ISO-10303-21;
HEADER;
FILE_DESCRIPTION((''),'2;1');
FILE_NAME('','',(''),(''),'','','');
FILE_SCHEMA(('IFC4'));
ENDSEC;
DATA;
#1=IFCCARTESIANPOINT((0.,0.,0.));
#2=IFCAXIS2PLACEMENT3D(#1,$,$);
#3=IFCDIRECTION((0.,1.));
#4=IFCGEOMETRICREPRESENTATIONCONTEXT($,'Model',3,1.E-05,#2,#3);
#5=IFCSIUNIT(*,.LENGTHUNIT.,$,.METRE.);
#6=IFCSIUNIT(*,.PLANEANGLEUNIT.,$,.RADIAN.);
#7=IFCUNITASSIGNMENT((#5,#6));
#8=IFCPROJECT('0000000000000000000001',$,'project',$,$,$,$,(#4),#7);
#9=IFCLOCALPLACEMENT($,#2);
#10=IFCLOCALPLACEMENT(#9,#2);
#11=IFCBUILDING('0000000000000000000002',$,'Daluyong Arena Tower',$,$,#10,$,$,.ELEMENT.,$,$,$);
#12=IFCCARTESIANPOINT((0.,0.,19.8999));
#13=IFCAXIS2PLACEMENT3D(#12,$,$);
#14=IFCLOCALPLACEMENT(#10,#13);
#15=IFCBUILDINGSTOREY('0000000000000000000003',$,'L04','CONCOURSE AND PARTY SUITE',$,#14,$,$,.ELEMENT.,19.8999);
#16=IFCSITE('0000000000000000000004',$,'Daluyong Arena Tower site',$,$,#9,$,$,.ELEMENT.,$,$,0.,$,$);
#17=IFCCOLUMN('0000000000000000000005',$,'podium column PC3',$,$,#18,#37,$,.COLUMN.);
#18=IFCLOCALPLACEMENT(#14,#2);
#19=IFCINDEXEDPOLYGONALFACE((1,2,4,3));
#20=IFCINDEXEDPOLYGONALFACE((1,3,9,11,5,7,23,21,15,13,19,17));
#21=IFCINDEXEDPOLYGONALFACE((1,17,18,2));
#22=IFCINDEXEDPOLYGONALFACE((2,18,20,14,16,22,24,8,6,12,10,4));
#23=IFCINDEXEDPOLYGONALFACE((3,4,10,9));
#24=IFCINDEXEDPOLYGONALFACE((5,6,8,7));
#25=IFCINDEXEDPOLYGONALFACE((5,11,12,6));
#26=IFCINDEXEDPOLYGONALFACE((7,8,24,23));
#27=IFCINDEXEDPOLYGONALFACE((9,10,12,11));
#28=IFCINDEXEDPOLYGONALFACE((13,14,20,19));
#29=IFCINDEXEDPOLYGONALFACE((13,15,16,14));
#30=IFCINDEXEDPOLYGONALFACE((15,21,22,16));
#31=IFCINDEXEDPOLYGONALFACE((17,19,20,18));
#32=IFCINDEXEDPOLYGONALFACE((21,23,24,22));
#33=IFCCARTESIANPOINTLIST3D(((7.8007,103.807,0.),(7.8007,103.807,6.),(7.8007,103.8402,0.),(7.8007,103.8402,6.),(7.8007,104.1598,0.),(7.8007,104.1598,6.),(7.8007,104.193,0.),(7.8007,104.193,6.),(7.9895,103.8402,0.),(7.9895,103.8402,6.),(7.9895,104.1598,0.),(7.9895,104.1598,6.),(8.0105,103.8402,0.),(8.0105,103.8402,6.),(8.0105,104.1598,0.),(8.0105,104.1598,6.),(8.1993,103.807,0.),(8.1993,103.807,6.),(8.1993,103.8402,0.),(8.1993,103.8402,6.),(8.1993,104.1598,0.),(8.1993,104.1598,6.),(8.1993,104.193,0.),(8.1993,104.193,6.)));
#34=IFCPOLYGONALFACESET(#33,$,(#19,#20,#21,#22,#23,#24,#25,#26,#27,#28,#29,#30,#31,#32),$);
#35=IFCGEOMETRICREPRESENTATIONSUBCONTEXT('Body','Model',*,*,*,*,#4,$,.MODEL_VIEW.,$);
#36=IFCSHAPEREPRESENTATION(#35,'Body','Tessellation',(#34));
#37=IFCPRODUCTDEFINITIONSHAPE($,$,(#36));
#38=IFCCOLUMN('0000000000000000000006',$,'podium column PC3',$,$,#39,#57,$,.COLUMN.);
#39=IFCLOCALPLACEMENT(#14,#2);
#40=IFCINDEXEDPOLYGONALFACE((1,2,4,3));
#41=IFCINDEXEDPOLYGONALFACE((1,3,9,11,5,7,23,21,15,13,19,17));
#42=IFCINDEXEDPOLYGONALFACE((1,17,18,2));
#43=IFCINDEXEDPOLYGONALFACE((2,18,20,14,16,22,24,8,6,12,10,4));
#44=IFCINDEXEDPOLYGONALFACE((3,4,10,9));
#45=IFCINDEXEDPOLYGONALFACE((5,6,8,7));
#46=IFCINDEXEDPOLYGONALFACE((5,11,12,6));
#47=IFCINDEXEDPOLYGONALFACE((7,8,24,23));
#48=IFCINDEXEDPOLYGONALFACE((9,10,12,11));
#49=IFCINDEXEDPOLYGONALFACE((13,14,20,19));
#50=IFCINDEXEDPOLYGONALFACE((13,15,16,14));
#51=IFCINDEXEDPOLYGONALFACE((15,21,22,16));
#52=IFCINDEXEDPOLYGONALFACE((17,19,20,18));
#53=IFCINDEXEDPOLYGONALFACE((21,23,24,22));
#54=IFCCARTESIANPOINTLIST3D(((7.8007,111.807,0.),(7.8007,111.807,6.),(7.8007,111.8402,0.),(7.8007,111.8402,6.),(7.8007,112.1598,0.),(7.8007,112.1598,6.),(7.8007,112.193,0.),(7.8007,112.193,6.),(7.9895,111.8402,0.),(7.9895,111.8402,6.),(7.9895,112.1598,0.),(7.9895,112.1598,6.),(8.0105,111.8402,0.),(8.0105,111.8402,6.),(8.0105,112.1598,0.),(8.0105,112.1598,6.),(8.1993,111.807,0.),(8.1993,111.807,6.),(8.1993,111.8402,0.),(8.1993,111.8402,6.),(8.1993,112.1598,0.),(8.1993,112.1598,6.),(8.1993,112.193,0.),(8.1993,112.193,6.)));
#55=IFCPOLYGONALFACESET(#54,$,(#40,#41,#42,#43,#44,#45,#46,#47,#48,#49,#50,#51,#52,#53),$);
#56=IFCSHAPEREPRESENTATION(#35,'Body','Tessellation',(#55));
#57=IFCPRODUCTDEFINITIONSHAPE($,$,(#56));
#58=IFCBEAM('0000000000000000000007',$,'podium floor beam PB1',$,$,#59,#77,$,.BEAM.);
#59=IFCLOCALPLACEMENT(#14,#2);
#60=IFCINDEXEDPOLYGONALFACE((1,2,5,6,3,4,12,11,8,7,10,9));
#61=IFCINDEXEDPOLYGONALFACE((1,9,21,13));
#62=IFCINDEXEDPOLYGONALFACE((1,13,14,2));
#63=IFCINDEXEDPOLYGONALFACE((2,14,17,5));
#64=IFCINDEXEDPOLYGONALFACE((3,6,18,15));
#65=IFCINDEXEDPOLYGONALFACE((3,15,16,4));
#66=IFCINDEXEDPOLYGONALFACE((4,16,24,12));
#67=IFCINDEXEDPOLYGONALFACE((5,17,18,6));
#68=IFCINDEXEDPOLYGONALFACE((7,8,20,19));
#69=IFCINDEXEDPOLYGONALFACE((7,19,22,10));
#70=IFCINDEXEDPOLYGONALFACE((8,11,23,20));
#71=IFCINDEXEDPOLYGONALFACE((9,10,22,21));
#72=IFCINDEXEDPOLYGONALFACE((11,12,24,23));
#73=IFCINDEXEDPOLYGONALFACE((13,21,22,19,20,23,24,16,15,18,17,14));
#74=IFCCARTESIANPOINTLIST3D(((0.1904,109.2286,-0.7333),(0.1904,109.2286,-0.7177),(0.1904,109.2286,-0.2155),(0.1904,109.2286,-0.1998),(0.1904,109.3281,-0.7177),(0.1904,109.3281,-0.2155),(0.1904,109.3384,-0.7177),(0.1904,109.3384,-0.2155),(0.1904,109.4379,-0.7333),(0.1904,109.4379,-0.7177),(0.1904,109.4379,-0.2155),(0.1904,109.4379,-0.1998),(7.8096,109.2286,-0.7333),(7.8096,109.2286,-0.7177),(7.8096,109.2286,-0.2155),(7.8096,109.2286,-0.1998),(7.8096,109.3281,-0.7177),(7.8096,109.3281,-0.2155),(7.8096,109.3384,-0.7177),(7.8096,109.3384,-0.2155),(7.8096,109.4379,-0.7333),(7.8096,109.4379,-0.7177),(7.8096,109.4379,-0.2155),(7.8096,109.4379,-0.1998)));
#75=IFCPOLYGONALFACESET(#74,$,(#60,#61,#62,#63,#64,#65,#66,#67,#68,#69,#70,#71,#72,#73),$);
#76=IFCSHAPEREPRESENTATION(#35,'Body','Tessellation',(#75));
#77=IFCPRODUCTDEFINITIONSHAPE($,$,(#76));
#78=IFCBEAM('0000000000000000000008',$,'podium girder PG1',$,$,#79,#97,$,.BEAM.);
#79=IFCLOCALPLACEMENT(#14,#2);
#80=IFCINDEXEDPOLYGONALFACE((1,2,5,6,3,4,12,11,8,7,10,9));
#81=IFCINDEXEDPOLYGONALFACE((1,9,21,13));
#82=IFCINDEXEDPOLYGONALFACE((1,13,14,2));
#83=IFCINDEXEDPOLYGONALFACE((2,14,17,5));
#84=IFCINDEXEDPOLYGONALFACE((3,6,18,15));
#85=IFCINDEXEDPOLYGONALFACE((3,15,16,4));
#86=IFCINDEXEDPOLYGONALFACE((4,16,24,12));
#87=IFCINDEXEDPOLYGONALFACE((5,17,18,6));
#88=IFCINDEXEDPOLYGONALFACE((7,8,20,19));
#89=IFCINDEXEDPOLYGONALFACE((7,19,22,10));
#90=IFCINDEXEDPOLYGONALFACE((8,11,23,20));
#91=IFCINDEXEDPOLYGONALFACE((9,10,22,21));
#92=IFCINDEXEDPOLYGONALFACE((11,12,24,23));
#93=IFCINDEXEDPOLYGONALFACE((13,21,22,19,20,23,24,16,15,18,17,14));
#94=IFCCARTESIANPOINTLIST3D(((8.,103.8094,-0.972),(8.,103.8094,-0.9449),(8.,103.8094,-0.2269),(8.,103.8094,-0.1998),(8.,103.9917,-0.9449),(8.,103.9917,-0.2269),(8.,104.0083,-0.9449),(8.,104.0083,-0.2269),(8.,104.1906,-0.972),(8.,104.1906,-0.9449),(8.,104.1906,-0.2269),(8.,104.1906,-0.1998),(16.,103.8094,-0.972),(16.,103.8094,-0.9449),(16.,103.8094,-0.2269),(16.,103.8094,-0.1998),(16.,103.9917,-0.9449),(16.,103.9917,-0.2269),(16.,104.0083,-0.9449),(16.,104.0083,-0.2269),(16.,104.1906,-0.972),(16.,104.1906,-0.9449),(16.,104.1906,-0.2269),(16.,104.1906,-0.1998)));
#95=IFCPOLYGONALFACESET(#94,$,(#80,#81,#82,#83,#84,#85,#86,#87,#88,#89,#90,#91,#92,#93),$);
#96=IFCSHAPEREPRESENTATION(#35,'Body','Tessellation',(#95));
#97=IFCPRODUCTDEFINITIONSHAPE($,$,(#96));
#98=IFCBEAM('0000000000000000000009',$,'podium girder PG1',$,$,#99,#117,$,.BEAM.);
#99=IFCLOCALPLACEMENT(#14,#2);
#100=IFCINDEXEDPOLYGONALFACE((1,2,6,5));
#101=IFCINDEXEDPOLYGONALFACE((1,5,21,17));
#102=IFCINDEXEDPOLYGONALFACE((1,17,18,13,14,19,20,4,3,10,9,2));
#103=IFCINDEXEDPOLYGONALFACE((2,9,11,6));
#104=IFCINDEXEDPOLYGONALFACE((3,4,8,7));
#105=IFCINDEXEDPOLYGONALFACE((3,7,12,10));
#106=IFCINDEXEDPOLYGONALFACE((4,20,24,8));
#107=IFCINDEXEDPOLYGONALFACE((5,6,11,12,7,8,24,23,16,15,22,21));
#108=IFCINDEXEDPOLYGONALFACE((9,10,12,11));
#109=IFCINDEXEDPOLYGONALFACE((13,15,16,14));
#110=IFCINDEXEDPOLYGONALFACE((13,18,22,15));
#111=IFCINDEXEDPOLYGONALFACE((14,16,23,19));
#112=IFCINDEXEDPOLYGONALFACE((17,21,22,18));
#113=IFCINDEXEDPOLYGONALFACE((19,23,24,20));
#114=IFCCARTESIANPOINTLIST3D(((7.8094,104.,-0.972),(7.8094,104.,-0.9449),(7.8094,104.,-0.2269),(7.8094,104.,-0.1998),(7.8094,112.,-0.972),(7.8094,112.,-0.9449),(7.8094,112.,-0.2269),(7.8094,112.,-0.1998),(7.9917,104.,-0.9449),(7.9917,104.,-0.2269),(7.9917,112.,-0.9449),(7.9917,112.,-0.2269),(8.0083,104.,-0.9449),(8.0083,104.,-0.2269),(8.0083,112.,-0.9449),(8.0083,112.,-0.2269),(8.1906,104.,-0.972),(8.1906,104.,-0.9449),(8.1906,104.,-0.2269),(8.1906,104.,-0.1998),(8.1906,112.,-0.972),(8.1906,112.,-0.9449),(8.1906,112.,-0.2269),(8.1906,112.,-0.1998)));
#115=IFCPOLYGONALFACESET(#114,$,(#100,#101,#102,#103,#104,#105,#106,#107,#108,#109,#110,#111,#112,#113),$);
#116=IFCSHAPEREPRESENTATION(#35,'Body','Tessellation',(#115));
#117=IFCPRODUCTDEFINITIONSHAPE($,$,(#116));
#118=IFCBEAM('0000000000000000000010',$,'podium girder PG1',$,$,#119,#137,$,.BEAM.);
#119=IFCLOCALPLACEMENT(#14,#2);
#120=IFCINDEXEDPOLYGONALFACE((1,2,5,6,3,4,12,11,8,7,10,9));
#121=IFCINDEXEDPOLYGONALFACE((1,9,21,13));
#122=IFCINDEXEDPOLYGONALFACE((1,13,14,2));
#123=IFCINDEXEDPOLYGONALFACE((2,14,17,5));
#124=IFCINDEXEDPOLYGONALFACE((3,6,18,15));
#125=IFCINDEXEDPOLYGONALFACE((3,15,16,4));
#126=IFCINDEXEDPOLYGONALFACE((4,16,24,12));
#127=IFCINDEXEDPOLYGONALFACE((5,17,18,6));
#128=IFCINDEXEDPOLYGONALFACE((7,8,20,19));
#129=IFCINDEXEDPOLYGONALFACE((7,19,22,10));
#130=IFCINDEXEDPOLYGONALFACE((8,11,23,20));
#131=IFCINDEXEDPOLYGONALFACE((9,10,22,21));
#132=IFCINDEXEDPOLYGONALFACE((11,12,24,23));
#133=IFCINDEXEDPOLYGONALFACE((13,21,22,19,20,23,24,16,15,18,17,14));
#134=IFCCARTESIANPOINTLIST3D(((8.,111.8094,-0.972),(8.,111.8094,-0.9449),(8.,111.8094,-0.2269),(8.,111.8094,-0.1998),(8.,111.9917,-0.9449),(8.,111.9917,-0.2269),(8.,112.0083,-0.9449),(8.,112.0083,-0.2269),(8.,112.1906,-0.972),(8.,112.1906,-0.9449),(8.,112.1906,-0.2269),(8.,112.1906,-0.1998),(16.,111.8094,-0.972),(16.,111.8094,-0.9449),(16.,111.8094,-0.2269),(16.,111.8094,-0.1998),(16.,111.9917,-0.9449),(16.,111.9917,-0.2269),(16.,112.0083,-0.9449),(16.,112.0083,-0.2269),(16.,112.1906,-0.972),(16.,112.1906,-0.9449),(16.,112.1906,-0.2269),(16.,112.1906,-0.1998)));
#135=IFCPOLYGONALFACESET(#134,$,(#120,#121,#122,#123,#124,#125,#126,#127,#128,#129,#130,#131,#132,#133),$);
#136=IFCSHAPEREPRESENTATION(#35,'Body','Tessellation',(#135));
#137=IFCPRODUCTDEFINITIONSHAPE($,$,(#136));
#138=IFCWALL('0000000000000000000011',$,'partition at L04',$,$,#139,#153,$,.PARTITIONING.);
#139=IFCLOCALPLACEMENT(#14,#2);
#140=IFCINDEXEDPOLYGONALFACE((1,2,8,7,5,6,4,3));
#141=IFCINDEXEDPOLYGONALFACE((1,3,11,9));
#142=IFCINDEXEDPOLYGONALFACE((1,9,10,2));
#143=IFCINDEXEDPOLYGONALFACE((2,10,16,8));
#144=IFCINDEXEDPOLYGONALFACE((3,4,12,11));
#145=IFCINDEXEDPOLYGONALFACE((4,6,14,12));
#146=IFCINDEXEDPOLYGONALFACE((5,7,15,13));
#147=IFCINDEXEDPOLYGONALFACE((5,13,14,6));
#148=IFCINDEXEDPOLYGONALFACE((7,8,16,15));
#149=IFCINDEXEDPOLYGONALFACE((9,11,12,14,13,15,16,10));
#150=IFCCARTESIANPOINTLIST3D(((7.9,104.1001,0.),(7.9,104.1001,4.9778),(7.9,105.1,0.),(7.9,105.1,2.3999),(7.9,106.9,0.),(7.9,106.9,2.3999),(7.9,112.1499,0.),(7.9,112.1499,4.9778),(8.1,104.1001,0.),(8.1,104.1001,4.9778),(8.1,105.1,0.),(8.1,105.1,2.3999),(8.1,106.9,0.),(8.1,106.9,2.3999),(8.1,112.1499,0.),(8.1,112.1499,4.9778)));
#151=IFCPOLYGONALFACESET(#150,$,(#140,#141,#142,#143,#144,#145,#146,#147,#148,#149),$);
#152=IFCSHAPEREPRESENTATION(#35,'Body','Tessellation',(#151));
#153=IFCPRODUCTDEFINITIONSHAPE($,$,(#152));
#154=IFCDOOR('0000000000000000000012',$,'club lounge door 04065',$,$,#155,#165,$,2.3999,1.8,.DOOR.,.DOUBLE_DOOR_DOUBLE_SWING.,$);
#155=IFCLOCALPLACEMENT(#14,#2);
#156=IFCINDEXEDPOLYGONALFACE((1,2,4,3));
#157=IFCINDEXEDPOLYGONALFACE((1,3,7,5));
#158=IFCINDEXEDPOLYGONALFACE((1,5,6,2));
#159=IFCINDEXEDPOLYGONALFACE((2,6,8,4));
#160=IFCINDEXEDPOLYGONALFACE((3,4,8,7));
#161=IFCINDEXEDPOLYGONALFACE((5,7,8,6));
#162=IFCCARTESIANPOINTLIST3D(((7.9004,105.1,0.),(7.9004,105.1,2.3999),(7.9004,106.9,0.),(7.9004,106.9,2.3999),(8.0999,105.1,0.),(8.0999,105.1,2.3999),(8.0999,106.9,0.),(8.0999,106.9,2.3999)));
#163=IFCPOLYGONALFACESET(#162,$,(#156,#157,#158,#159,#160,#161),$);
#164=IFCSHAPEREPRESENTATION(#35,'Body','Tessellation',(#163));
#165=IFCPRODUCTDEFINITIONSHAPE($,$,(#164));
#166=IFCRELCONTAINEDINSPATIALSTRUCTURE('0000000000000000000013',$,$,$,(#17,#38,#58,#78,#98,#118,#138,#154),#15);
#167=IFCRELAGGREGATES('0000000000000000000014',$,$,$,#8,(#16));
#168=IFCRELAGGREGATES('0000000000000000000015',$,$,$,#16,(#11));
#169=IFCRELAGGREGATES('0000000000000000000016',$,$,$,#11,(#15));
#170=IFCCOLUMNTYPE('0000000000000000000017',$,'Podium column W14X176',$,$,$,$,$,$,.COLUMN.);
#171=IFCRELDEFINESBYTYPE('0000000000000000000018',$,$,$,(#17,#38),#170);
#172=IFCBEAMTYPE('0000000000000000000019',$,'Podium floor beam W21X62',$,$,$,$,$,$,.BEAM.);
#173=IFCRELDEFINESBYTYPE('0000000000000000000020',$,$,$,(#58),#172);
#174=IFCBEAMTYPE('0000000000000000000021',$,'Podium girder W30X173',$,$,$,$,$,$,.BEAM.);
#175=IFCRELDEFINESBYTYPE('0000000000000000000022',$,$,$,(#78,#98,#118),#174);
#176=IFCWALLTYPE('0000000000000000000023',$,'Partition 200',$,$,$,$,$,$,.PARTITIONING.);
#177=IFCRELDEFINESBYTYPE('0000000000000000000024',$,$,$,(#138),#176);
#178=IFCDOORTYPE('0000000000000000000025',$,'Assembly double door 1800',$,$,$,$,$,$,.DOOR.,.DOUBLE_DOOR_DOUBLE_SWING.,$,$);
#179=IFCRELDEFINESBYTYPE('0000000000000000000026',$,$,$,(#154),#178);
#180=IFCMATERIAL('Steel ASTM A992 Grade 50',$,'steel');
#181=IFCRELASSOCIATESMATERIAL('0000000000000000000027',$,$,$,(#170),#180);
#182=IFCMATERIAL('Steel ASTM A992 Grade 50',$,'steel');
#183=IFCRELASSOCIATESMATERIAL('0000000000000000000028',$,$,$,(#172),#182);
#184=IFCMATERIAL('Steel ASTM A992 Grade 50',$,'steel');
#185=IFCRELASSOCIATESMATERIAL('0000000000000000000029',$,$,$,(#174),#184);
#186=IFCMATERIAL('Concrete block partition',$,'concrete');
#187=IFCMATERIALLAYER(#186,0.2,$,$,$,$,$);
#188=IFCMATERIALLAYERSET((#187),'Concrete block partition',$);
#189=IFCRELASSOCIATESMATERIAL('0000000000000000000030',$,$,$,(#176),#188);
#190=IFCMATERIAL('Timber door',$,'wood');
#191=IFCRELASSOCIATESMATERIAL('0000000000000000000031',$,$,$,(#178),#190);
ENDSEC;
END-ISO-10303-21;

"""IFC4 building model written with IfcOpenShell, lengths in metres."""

from ifc_helpers import new_model, si_unit, direction, frame, frame_2d, origin, origin_2d, place, context, subcontext, project, spatial, rectangle, i_section, extrude, material, layer, layer_set, material_profile, profile_set, type_object, element, fill, save


model = new_model("IFC4")

# Units and contexts
model_context = context("Model", 3, precision=1e-05, world=origin(), true_north=direction((0.0, 1.0)))
body_context = subcontext(model_context, "Body", "Model", "MODEL_VIEW")
ifc_project = project(units=[si_unit("LENGTHUNIT", "METRE"), si_unit("PLANEANGLEUNIT", "RADIAN")], contexts=[model_context])

# Site, building, storey
site_placement = place(None, origin())
site = spatial("IfcSite", under=ifc_project, at=site_placement, Name="Daluyong Arena Tower site", CompositionType="ELEMENT", RefElevation=0.0)
building_placement = place(site_placement, origin())
building = spatial("IfcBuilding", under=site, at=building_placement, Name="Daluyong Arena Tower", CompositionType="ELEMENT")
storey_placement = place(building_placement, frame((0.0, 0.0, 19.8999)))
storey = spatial("IfcBuildingStorey", under=building, at=storey_placement, Name="L04", Description="CONCOURSE AND PARTY SUITE", CompositionType="ELEMENT", Elevation=19.8999)

# Columns
ifc_material_1 = material(Name="Steel ASTM A992 Grade 50", Category="steel")
ifc_material_profile_1 = material_profile(ifc_material_1, i_section(OverallWidth=0.3987, OverallDepth=0.386, WebThickness=0.021, FlangeThickness=0.0332, at=origin_2d()))
ifc_profile_set_1 = profile_set([ifc_material_profile_1], Name="Steel ASTM A992 Grade 50")
column_type = type_object("IfcColumnType", Name="Podium column W14X176", PredefinedType="COLUMN", material=ifc_profile_set_1)
for number, where, z_axis, x_axis, name in (
    (1, (8.0, 104.0, 0.0), (0.0, 0.0, 1.0), (1.0, 0.0, 0.0), "podium column PC3"),
    (2, (8.0, 112.0, 0.0), (0.0, 0.0, 1.0), (1.0, 0.0, 0.0), "podium column PC3"),
):
    element("IfcColumn", number, at=place(storey_placement, frame(where, z_axis=z_axis, x_axis=x_axis)), inside=storey, type_object=column_type, Name=name, PredefinedType="COLUMN", context=body_context, shape_type="SweptSolid", body=[
        extrude(i_section(OverallWidth=0.3987, OverallDepth=0.386, WebThickness=0.021, FlangeThickness=0.0332, at=origin_2d()), origin(), (0.0, 0.0, 1.0), 6.0),
    ])

# Beams
ifc_material_2 = material(Name="Steel ASTM A992 Grade 50", Category="steel")
ifc_material_profile_2 = material_profile(ifc_material_2, i_section(OverallWidth=0.2092, OverallDepth=0.5334, WebThickness=0.0103, FlangeThickness=0.0156, at=origin_2d()))
ifc_profile_set_2 = profile_set([ifc_material_profile_2], Name="Steel ASTM A992 Grade 50")
beam_type_1 = type_object("IfcBeamType", Name="Podium floor beam W21X62", PredefinedType="BEAM", material=ifc_profile_set_2)
beam_placement = place(storey_placement, frame((0.1904, 109.3333, -0.4666), z_axis=(1.0, 0.0, 0.0), x_axis=(0.0, 1.0, 0.0)))
element("IfcBeam", 3, at=beam_placement, inside=storey, type_object=beam_type_1, Name="podium floor beam PB1", PredefinedType="BEAM", context=body_context, shape_type="SweptSolid", body=[
    extrude(i_section(OverallWidth=0.2092, OverallDepth=0.5334, WebThickness=0.0103, FlangeThickness=0.0156, at=origin_2d()), origin(), (0.0, 0.0, 1.0), 7.6191),
])
ifc_material_3 = material(Name="Steel ASTM A992 Grade 50", Category="steel")
ifc_material_profile_3 = material_profile(ifc_material_3, i_section(OverallWidth=0.3811, OverallDepth=0.7722, WebThickness=0.0166, FlangeThickness=0.0271, at=origin_2d()))
ifc_profile_set_3 = profile_set([ifc_material_profile_3], Name="Steel ASTM A992 Grade 50")
beam_type_2 = type_object("IfcBeamType", Name="Podium girder W30X173", PredefinedType="BEAM", material=ifc_profile_set_3)
for number, where, z_axis, x_axis, name in (
    (4, (8.0, 104.0, -0.5859), (1.0, 0.0, 0.0), (0.0, 1.0, 0.0), "podium girder PG1"),
    (5, (8.0, 104.0, -0.5859), (0.0, 1.0, 0.0), (-1.0, 0.0, 0.0), "podium girder PG1"),
    (6, (8.0, 112.0, -0.5859), (1.0, 0.0, 0.0), (0.0, 1.0, 0.0), "podium girder PG1"),
):
    element("IfcBeam", number, at=place(storey_placement, frame(where, z_axis=z_axis, x_axis=x_axis)), inside=storey, type_object=beam_type_2, Name=name, PredefinedType="BEAM", context=body_context, shape_type="SweptSolid", body=[
        extrude(i_section(OverallWidth=0.3811, OverallDepth=0.7722, WebThickness=0.0166, FlangeThickness=0.0271, at=origin_2d()), origin(), (0.0, 0.0, 1.0), 8.0),
    ])

# Wall, opening, door
ifc_material_4 = material(Name="Concrete block partition", Category="concrete")
ifc_layer = layer(ifc_material_4, 0.2)
ifc_layer_set = layer_set([ifc_layer], Name="Concrete block partition")
wall_type = type_object("IfcWallType", Name="Partition 200", PredefinedType="PARTITIONING", material=ifc_layer_set)
wall_placement = place(storey_placement, frame((8.0, 104.1001, 0.0), z_axis=(0.0, 0.0, 1.0), x_axis=(0.0, 1.0, 0.0)))
wall = element("IfcWall", 7, at=wall_placement, inside=storey, type_object=wall_type, Name="partition at L04", PredefinedType="PARTITIONING", context=body_context, shape_type="SweptSolid", body=[
    extrude(rectangle(XDim=8.0498, YDim=0.2, at=frame_2d((4.0249, 0.0))), origin(), (0.0, 0.0, 1.0), 4.9778),
])
opening_placement = place(wall_placement, frame((1.0, 0.0, 0.0)))
opening = element("IfcOpeningElement", 8, at=opening_placement, cuts=wall, PredefinedType="OPENING", context=body_context, shape_type="SweptSolid", body=[
    extrude(rectangle(XDim=1.8, YDim=2.3999, at=frame_2d((0.8999, 1.2))), frame((0.0, 0.1099, 0.0), z_axis=(0.0, -1.0, 0.0), x_axis=(1.0, 0.0, 0.0)), (0.0, 0.0, 1.0), 0.22),
])
ifc_material_5 = material(Name="Timber door", Category="wood")
door_type = type_object("IfcDoorType", Name="Assembly double door 1800", OperationType="DOUBLE_DOOR_DOUBLE_SWING", PredefinedType="DOOR", material=ifc_material_5)
door_placement = place(opening_placement, origin())
door = element("IfcDoor", 9, at=door_placement, inside=storey, type_object=door_type, Name="club lounge door 04065", OperationType="DOUBLE_DOOR_DOUBLE_SWING", OverallHeight=2.3999, OverallWidth=1.8, PredefinedType="DOOR", context=body_context, shape_type="SweptSolid", body=[
    extrude(rectangle(XDim=1.8, YDim=2.3999, at=frame_2d((0.8999, 1.2))), frame((0.0, 0.0996, 0.0), z_axis=(0.0, -1.0, 0.0), x_axis=(1.0, 0.0, 0.0)), (0.0, 0.0, 1.0), 0.1995),
])
fill(opening, door)

save(model, "model.ifc")
